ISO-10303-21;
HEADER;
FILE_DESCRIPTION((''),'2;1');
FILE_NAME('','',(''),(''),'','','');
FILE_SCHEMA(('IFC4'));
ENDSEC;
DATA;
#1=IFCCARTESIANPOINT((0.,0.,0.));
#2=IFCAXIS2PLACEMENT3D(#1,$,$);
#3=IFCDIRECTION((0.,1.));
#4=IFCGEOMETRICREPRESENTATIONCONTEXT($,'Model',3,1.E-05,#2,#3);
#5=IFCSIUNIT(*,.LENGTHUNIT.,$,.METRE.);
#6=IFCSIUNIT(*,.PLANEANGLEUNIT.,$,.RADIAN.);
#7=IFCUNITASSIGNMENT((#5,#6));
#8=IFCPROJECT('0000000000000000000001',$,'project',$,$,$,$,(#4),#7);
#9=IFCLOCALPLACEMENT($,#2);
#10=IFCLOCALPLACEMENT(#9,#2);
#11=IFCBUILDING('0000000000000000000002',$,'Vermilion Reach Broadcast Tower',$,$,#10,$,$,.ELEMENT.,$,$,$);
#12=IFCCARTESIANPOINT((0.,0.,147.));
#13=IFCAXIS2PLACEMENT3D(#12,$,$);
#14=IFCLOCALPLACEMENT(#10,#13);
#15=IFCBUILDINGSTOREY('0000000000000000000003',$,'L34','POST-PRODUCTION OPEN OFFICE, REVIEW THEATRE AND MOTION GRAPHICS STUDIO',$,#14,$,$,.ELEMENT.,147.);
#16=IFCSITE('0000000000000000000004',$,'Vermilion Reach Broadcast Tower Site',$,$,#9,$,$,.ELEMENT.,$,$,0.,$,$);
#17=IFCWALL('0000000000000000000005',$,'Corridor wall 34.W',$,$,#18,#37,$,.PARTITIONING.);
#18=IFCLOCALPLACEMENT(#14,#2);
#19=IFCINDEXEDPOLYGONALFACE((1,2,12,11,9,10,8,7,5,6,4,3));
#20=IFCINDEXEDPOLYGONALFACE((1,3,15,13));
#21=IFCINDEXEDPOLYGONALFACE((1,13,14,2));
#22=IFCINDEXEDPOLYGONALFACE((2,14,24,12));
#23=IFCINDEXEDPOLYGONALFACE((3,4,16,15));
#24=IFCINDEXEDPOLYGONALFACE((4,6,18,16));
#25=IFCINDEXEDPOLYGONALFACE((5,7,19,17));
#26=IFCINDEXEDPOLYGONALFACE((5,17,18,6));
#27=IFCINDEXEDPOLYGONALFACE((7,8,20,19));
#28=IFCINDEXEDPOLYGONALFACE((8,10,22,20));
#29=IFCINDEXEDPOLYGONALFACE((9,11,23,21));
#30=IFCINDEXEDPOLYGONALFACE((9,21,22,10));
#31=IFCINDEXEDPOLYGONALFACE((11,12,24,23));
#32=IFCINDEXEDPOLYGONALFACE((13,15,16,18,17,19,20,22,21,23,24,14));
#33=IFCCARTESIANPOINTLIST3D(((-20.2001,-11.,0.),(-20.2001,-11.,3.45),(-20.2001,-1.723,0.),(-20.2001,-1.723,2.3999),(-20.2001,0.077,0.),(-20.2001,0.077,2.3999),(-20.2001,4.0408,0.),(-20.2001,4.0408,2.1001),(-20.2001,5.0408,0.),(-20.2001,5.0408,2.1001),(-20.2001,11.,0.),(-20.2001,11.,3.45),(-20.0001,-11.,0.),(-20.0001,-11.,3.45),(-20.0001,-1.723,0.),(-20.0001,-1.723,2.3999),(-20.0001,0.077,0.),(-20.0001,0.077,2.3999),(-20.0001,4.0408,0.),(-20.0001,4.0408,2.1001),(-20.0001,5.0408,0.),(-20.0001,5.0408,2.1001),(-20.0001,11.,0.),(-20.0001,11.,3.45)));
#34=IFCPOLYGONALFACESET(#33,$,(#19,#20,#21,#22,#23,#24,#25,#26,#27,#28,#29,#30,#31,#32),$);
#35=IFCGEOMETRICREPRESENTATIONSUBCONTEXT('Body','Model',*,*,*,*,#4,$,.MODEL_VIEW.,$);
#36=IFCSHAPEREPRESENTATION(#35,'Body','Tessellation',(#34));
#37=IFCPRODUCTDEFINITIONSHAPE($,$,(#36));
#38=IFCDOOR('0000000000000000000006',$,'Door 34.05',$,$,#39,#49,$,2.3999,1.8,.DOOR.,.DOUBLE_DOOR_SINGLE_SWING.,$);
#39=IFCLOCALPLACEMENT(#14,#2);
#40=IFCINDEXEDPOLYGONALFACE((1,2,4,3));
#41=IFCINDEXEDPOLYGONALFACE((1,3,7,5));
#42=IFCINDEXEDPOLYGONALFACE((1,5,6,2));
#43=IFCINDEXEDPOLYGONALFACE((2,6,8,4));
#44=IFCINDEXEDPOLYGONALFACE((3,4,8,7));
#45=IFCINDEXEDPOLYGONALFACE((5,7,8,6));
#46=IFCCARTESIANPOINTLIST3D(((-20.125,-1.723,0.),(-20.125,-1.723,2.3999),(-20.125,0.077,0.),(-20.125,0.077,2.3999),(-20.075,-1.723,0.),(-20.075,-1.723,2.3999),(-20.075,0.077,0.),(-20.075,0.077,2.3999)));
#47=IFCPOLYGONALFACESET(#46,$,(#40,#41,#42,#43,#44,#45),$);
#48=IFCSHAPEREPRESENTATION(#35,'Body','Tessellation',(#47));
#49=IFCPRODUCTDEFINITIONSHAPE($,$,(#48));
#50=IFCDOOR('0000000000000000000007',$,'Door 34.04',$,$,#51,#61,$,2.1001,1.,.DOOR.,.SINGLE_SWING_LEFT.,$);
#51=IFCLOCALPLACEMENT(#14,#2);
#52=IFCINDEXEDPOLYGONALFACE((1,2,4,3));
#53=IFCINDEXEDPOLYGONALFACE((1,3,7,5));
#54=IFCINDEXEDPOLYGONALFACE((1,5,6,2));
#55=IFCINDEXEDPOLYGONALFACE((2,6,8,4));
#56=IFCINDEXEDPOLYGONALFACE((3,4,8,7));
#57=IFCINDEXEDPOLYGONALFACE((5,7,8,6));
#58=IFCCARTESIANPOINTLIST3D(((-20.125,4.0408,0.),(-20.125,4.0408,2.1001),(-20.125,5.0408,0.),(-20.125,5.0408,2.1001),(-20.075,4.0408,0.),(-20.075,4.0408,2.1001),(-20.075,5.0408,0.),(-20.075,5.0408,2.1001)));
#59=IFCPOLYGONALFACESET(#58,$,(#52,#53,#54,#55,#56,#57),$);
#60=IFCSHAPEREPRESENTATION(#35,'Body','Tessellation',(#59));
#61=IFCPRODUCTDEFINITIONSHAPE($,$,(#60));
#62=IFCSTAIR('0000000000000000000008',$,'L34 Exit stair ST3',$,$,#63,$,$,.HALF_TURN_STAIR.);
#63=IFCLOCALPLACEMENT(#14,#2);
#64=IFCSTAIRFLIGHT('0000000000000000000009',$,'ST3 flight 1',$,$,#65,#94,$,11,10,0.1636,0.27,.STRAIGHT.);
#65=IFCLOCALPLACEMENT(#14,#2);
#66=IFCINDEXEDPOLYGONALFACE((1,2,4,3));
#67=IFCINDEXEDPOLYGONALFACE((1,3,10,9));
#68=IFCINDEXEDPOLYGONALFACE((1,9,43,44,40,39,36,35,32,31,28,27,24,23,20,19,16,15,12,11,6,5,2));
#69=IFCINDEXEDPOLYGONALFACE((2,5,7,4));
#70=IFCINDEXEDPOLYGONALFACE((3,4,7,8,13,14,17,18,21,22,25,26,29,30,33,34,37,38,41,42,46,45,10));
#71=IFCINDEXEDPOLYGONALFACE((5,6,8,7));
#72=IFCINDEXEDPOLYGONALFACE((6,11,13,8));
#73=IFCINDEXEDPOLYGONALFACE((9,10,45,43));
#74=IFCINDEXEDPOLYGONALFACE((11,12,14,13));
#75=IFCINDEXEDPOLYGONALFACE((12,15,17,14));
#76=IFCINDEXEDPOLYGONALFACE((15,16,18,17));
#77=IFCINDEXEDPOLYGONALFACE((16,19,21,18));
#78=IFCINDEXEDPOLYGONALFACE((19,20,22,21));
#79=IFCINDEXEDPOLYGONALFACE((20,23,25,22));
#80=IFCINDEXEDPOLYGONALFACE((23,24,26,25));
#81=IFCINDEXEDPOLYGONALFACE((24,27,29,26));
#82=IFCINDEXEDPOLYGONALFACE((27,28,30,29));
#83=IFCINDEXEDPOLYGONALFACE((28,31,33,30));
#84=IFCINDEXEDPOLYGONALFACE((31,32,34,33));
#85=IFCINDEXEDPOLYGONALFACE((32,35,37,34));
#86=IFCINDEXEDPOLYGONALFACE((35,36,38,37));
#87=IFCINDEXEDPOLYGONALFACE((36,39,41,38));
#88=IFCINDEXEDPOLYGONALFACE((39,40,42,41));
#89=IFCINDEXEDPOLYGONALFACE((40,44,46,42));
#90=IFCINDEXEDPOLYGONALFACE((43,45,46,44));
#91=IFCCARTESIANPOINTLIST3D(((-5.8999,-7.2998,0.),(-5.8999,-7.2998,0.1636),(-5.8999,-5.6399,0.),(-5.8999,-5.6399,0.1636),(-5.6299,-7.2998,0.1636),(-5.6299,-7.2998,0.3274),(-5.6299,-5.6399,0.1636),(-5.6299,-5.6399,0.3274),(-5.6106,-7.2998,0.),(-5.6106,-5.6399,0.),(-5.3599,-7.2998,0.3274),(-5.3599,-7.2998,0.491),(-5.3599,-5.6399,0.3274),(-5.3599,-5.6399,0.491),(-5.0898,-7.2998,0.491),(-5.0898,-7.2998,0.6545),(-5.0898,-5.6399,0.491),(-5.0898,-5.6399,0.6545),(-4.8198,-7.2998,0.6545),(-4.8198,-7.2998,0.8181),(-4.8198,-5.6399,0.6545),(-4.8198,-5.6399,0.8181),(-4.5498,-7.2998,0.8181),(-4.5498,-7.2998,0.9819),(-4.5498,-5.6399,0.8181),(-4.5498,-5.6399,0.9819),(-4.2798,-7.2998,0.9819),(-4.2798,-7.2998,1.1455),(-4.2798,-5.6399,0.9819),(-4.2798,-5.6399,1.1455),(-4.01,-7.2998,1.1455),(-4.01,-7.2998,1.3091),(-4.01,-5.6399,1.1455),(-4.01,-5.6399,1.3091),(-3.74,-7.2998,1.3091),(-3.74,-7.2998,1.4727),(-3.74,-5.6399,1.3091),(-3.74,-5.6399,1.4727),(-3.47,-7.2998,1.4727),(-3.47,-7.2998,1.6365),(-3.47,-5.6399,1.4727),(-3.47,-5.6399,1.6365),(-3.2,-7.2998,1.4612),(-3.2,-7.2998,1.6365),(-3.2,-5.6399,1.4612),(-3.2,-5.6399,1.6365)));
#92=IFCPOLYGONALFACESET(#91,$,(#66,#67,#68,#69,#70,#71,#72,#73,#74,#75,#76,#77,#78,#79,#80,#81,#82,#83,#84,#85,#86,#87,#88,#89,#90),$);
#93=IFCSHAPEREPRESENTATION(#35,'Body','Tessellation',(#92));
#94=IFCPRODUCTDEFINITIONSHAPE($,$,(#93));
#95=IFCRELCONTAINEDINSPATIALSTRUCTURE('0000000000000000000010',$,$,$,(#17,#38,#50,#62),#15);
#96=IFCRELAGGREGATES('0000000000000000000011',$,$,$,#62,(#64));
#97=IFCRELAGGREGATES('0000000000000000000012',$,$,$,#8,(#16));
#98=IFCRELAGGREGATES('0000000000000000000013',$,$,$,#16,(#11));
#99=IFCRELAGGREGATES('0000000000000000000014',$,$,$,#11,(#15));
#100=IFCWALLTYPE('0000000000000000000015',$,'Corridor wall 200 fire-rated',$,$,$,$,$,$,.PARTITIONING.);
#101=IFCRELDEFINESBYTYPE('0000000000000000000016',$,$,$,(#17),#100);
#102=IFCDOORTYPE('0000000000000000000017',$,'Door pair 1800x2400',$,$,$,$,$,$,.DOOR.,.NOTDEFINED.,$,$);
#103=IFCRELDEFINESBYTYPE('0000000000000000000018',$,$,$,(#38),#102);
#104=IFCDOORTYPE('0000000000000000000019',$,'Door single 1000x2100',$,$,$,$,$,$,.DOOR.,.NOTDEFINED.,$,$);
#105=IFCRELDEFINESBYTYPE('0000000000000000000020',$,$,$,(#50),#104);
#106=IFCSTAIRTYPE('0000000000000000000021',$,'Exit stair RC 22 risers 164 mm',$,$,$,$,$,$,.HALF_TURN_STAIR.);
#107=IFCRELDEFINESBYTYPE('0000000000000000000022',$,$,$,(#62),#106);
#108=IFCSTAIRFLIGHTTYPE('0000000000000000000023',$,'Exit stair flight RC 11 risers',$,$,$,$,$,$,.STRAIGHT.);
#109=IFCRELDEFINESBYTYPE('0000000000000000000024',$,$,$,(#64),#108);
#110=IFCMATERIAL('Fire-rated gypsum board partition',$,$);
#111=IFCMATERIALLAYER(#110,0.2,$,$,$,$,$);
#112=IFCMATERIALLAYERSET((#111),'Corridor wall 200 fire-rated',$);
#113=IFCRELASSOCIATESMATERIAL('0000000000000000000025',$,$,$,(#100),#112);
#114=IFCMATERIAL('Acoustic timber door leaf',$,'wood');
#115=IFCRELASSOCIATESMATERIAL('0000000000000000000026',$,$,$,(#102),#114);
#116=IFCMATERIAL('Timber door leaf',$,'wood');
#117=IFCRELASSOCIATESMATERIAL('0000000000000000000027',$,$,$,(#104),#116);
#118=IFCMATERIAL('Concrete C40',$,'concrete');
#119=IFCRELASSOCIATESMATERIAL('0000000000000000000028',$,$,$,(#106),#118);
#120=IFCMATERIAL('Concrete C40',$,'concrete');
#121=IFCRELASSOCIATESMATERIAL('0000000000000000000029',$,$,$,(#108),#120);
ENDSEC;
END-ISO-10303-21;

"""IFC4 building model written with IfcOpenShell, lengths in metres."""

from ifc_helpers import new_model, si_unit, direction, frame, frame_2d, origin, place, context, subcontext, project, spatial, polyline, rectangle, outline, extrude, material, layer, layer_set, type_object, element, fill, aggregate, save


model = new_model("IFC4")

# Units and contexts
model_context = context("Model", 3, precision=1e-05, world=origin(), true_north=direction((0.0, 1.0)))
body_context = subcontext(model_context, "Body", "Model", "MODEL_VIEW")
ifc_project = project(units=[si_unit("LENGTHUNIT", "METRE"), si_unit("PLANEANGLEUNIT", "RADIAN")], contexts=[model_context])

# Site, building, storey
site_placement = place(None, origin())
site = spatial("IfcSite", under=ifc_project, at=site_placement, Name="Vermilion Reach Broadcast Tower Site", CompositionType="ELEMENT", RefElevation=0.0)
building_placement = place(site_placement, origin())
building = spatial("IfcBuilding", under=site, at=building_placement, Name="Vermilion Reach Broadcast Tower", CompositionType="ELEMENT")
storey_placement = place(building_placement, frame((0.0, 0.0, 147.0)))
storey = spatial("IfcBuildingStorey", under=building, at=storey_placement, Name="L34", Description="POST-PRODUCTION OPEN OFFICE, REVIEW THEATRE AND MOTION GRAPHICS STUDIO", CompositionType="ELEMENT", Elevation=147.0)

# Wall, openings, doors
ifc_material_1 = material(Name="Fire-rated gypsum board partition")
ifc_layer_1 = layer(ifc_material_1, 0.2)
ifc_layer_set_1 = layer_set([ifc_layer_1], Name="Corridor wall 200 fire-rated")
wall_type_1 = type_object("IfcWallType", Name="Corridor wall 200 fire-rated", PredefinedType="PARTITIONING", material=ifc_layer_set_1)
wall_1_placement = place(storey_placement, frame((-20.1001, -11.0, 0.0), z_axis=(0.0, 0.0, 1.0), x_axis=(0.0, 1.0, 0.0)))
wall_1 = element("IfcWall", 1, at=wall_1_placement, inside=storey, type_object=wall_type_1, Name="Corridor wall 34.W", PredefinedType="PARTITIONING", context=body_context, shape_type="SweptSolid", body=[
    extrude(rectangle(XDim=22.0, YDim=0.2, at=frame_2d((11.0, 0.0))), origin(), (0.0, 0.0, 1.0), 3.45),
])
opening_1_placement = place(wall_1_placement, frame((15.0408, 0.0, 0.0)))
opening_1 = element("IfcOpeningElement", 2, at=opening_1_placement, cuts=wall_1, PredefinedType="OPENING", context=body_context, shape_type="SweptSolid", body=[
    extrude(rectangle(XDim=1.0, YDim=2.1001, at=frame_2d((0.5, 1.05))), frame((0.0, 0.1099, 0.0), z_axis=(0.0, -1.0, 0.0), x_axis=(1.0, 0.0, 0.0)), (0.0, 0.0, 1.0), 0.22),
])
opening_2_placement = place(wall_1_placement, frame((9.2771, 0.0, 0.0)))
opening_2 = element("IfcOpeningElement", 3, at=opening_2_placement, cuts=wall_1, PredefinedType="OPENING", context=body_context, shape_type="SweptSolid", body=[
    extrude(rectangle(XDim=1.8, YDim=2.3999, at=frame_2d((0.8999, 1.2))), frame((0.0, 0.1099, 0.0), z_axis=(0.0, -1.0, 0.0), x_axis=(1.0, 0.0, 0.0)), (0.0, 0.0, 1.0), 0.22),
])
ifc_material_2 = material(Name="Acoustic timber door leaf", Category="wood")
door_type_1 = type_object("IfcDoorType", Name="Door pair 1800x2400", OperationType="NOTDEFINED", PredefinedType="DOOR", material=ifc_material_2)
door_1_placement = place(opening_2_placement, origin())
door_1 = element("IfcDoor", 4, at=door_1_placement, inside=storey, type_object=door_type_1, Name="Door 34.05", OperationType="DOUBLE_DOOR_SINGLE_SWING", OverallHeight=2.3999, OverallWidth=1.8, PredefinedType="DOOR", context=body_context, shape_type="SweptSolid", body=[
    extrude(rectangle(XDim=1.8, YDim=2.3999, at=frame_2d((0.8999, 1.2))), frame((0.0, 0.0249, 0.0), z_axis=(0.0, -1.0, 0.0), x_axis=(1.0, 0.0, 0.0)), (0.0, 0.0, 1.0), 0.05),
])
fill(opening_2, door_1)
ifc_material_3 = material(Name="Timber door leaf", Category="wood")
door_type_2 = type_object("IfcDoorType", Name="Door single 1000x2100", OperationType="NOTDEFINED", PredefinedType="DOOR", material=ifc_material_3)
door_2_placement = place(opening_1_placement, origin())
door_2 = element("IfcDoor", 5, at=door_2_placement, inside=storey, type_object=door_type_2, Name="Door 34.04", OperationType="SINGLE_SWING_LEFT", OverallHeight=2.1001, OverallWidth=1.0, PredefinedType="DOOR", context=body_context, shape_type="SweptSolid", body=[
    extrude(rectangle(XDim=1.0, YDim=2.1001, at=frame_2d((0.5, 1.05))), frame((0.0, 0.0249, 0.0), z_axis=(0.0, -1.0, 0.0), x_axis=(1.0, 0.0, 0.0)), (0.0, 0.0, 1.0), 0.05),
])
fill(opening_1, door_2)

# Stair, stair flight
ifc_material_4 = material(Name="Concrete C40", Category="concrete")
stair_type = type_object("IfcStairType", Name="Exit stair RC 22 risers 164 mm", PredefinedType="HALF_TURN_STAIR", material=ifc_material_4)
stair_placement = place(storey_placement, origin())
stair = element("IfcStair", 6, at=stair_placement, inside=storey, type_object=stair_type, Name="L34 Exit stair ST3", PredefinedType="HALF_TURN_STAIR")
ifc_material_5 = material(Name="Concrete C40", Category="concrete")
stair_flight_type = type_object("IfcStairFlightType", Name="Exit stair flight RC 11 risers", PredefinedType="STRAIGHT", material=ifc_material_5)
stair_flight_placement = place(storey_placement, frame((-5.8999, -6.47, 0.0), z_axis=(0.0, 0.0, 1.0), x_axis=(1.0, 0.0, 0.0)))
stair_flight = element("IfcStairFlight", 7, at=stair_flight_placement, type_object=stair_flight_type, Name="ST3 flight 1", NumberOfRisers=11, NumberOfTreads=10, PredefinedType="STRAIGHT", RiserHeight=0.1636, TreadLength=0.27, context=body_context, shape_type="SweptSolid", body=[
    extrude(outline(polyline([(0.0, 0.0), (0.0, 0.1636), (0.27, 0.1636), (0.27, 0.3274), (0.54, 0.3274), (0.54, 0.491), (0.8101, 0.491), (0.8101, 0.6545), (1.0801, 0.6545), (1.0801, 0.8181), (1.3501, 0.8181), (1.3501, 0.9819), (1.6201, 0.9819), (1.6201, 1.1455), (1.8899, 1.1455), (1.8899, 1.3091), (2.1599, 1.3091), (2.1599, 1.4727), (2.4299, 1.4727), (2.4299, 1.6365), (2.7, 1.6365), (2.7, 1.8), (2.7, 1.4612), (0.2893, 0.0), (0.0, 0.0)])), frame((0.0, 0.8301, 0.0), z_axis=(0.0, -1.0, 0.0), x_axis=(1.0, 0.0, 0.0)), (0.0, 0.0, 1.0), 1.6599),
])
aggregate(stair, [stair_flight])

save(model, "model.ifc")
